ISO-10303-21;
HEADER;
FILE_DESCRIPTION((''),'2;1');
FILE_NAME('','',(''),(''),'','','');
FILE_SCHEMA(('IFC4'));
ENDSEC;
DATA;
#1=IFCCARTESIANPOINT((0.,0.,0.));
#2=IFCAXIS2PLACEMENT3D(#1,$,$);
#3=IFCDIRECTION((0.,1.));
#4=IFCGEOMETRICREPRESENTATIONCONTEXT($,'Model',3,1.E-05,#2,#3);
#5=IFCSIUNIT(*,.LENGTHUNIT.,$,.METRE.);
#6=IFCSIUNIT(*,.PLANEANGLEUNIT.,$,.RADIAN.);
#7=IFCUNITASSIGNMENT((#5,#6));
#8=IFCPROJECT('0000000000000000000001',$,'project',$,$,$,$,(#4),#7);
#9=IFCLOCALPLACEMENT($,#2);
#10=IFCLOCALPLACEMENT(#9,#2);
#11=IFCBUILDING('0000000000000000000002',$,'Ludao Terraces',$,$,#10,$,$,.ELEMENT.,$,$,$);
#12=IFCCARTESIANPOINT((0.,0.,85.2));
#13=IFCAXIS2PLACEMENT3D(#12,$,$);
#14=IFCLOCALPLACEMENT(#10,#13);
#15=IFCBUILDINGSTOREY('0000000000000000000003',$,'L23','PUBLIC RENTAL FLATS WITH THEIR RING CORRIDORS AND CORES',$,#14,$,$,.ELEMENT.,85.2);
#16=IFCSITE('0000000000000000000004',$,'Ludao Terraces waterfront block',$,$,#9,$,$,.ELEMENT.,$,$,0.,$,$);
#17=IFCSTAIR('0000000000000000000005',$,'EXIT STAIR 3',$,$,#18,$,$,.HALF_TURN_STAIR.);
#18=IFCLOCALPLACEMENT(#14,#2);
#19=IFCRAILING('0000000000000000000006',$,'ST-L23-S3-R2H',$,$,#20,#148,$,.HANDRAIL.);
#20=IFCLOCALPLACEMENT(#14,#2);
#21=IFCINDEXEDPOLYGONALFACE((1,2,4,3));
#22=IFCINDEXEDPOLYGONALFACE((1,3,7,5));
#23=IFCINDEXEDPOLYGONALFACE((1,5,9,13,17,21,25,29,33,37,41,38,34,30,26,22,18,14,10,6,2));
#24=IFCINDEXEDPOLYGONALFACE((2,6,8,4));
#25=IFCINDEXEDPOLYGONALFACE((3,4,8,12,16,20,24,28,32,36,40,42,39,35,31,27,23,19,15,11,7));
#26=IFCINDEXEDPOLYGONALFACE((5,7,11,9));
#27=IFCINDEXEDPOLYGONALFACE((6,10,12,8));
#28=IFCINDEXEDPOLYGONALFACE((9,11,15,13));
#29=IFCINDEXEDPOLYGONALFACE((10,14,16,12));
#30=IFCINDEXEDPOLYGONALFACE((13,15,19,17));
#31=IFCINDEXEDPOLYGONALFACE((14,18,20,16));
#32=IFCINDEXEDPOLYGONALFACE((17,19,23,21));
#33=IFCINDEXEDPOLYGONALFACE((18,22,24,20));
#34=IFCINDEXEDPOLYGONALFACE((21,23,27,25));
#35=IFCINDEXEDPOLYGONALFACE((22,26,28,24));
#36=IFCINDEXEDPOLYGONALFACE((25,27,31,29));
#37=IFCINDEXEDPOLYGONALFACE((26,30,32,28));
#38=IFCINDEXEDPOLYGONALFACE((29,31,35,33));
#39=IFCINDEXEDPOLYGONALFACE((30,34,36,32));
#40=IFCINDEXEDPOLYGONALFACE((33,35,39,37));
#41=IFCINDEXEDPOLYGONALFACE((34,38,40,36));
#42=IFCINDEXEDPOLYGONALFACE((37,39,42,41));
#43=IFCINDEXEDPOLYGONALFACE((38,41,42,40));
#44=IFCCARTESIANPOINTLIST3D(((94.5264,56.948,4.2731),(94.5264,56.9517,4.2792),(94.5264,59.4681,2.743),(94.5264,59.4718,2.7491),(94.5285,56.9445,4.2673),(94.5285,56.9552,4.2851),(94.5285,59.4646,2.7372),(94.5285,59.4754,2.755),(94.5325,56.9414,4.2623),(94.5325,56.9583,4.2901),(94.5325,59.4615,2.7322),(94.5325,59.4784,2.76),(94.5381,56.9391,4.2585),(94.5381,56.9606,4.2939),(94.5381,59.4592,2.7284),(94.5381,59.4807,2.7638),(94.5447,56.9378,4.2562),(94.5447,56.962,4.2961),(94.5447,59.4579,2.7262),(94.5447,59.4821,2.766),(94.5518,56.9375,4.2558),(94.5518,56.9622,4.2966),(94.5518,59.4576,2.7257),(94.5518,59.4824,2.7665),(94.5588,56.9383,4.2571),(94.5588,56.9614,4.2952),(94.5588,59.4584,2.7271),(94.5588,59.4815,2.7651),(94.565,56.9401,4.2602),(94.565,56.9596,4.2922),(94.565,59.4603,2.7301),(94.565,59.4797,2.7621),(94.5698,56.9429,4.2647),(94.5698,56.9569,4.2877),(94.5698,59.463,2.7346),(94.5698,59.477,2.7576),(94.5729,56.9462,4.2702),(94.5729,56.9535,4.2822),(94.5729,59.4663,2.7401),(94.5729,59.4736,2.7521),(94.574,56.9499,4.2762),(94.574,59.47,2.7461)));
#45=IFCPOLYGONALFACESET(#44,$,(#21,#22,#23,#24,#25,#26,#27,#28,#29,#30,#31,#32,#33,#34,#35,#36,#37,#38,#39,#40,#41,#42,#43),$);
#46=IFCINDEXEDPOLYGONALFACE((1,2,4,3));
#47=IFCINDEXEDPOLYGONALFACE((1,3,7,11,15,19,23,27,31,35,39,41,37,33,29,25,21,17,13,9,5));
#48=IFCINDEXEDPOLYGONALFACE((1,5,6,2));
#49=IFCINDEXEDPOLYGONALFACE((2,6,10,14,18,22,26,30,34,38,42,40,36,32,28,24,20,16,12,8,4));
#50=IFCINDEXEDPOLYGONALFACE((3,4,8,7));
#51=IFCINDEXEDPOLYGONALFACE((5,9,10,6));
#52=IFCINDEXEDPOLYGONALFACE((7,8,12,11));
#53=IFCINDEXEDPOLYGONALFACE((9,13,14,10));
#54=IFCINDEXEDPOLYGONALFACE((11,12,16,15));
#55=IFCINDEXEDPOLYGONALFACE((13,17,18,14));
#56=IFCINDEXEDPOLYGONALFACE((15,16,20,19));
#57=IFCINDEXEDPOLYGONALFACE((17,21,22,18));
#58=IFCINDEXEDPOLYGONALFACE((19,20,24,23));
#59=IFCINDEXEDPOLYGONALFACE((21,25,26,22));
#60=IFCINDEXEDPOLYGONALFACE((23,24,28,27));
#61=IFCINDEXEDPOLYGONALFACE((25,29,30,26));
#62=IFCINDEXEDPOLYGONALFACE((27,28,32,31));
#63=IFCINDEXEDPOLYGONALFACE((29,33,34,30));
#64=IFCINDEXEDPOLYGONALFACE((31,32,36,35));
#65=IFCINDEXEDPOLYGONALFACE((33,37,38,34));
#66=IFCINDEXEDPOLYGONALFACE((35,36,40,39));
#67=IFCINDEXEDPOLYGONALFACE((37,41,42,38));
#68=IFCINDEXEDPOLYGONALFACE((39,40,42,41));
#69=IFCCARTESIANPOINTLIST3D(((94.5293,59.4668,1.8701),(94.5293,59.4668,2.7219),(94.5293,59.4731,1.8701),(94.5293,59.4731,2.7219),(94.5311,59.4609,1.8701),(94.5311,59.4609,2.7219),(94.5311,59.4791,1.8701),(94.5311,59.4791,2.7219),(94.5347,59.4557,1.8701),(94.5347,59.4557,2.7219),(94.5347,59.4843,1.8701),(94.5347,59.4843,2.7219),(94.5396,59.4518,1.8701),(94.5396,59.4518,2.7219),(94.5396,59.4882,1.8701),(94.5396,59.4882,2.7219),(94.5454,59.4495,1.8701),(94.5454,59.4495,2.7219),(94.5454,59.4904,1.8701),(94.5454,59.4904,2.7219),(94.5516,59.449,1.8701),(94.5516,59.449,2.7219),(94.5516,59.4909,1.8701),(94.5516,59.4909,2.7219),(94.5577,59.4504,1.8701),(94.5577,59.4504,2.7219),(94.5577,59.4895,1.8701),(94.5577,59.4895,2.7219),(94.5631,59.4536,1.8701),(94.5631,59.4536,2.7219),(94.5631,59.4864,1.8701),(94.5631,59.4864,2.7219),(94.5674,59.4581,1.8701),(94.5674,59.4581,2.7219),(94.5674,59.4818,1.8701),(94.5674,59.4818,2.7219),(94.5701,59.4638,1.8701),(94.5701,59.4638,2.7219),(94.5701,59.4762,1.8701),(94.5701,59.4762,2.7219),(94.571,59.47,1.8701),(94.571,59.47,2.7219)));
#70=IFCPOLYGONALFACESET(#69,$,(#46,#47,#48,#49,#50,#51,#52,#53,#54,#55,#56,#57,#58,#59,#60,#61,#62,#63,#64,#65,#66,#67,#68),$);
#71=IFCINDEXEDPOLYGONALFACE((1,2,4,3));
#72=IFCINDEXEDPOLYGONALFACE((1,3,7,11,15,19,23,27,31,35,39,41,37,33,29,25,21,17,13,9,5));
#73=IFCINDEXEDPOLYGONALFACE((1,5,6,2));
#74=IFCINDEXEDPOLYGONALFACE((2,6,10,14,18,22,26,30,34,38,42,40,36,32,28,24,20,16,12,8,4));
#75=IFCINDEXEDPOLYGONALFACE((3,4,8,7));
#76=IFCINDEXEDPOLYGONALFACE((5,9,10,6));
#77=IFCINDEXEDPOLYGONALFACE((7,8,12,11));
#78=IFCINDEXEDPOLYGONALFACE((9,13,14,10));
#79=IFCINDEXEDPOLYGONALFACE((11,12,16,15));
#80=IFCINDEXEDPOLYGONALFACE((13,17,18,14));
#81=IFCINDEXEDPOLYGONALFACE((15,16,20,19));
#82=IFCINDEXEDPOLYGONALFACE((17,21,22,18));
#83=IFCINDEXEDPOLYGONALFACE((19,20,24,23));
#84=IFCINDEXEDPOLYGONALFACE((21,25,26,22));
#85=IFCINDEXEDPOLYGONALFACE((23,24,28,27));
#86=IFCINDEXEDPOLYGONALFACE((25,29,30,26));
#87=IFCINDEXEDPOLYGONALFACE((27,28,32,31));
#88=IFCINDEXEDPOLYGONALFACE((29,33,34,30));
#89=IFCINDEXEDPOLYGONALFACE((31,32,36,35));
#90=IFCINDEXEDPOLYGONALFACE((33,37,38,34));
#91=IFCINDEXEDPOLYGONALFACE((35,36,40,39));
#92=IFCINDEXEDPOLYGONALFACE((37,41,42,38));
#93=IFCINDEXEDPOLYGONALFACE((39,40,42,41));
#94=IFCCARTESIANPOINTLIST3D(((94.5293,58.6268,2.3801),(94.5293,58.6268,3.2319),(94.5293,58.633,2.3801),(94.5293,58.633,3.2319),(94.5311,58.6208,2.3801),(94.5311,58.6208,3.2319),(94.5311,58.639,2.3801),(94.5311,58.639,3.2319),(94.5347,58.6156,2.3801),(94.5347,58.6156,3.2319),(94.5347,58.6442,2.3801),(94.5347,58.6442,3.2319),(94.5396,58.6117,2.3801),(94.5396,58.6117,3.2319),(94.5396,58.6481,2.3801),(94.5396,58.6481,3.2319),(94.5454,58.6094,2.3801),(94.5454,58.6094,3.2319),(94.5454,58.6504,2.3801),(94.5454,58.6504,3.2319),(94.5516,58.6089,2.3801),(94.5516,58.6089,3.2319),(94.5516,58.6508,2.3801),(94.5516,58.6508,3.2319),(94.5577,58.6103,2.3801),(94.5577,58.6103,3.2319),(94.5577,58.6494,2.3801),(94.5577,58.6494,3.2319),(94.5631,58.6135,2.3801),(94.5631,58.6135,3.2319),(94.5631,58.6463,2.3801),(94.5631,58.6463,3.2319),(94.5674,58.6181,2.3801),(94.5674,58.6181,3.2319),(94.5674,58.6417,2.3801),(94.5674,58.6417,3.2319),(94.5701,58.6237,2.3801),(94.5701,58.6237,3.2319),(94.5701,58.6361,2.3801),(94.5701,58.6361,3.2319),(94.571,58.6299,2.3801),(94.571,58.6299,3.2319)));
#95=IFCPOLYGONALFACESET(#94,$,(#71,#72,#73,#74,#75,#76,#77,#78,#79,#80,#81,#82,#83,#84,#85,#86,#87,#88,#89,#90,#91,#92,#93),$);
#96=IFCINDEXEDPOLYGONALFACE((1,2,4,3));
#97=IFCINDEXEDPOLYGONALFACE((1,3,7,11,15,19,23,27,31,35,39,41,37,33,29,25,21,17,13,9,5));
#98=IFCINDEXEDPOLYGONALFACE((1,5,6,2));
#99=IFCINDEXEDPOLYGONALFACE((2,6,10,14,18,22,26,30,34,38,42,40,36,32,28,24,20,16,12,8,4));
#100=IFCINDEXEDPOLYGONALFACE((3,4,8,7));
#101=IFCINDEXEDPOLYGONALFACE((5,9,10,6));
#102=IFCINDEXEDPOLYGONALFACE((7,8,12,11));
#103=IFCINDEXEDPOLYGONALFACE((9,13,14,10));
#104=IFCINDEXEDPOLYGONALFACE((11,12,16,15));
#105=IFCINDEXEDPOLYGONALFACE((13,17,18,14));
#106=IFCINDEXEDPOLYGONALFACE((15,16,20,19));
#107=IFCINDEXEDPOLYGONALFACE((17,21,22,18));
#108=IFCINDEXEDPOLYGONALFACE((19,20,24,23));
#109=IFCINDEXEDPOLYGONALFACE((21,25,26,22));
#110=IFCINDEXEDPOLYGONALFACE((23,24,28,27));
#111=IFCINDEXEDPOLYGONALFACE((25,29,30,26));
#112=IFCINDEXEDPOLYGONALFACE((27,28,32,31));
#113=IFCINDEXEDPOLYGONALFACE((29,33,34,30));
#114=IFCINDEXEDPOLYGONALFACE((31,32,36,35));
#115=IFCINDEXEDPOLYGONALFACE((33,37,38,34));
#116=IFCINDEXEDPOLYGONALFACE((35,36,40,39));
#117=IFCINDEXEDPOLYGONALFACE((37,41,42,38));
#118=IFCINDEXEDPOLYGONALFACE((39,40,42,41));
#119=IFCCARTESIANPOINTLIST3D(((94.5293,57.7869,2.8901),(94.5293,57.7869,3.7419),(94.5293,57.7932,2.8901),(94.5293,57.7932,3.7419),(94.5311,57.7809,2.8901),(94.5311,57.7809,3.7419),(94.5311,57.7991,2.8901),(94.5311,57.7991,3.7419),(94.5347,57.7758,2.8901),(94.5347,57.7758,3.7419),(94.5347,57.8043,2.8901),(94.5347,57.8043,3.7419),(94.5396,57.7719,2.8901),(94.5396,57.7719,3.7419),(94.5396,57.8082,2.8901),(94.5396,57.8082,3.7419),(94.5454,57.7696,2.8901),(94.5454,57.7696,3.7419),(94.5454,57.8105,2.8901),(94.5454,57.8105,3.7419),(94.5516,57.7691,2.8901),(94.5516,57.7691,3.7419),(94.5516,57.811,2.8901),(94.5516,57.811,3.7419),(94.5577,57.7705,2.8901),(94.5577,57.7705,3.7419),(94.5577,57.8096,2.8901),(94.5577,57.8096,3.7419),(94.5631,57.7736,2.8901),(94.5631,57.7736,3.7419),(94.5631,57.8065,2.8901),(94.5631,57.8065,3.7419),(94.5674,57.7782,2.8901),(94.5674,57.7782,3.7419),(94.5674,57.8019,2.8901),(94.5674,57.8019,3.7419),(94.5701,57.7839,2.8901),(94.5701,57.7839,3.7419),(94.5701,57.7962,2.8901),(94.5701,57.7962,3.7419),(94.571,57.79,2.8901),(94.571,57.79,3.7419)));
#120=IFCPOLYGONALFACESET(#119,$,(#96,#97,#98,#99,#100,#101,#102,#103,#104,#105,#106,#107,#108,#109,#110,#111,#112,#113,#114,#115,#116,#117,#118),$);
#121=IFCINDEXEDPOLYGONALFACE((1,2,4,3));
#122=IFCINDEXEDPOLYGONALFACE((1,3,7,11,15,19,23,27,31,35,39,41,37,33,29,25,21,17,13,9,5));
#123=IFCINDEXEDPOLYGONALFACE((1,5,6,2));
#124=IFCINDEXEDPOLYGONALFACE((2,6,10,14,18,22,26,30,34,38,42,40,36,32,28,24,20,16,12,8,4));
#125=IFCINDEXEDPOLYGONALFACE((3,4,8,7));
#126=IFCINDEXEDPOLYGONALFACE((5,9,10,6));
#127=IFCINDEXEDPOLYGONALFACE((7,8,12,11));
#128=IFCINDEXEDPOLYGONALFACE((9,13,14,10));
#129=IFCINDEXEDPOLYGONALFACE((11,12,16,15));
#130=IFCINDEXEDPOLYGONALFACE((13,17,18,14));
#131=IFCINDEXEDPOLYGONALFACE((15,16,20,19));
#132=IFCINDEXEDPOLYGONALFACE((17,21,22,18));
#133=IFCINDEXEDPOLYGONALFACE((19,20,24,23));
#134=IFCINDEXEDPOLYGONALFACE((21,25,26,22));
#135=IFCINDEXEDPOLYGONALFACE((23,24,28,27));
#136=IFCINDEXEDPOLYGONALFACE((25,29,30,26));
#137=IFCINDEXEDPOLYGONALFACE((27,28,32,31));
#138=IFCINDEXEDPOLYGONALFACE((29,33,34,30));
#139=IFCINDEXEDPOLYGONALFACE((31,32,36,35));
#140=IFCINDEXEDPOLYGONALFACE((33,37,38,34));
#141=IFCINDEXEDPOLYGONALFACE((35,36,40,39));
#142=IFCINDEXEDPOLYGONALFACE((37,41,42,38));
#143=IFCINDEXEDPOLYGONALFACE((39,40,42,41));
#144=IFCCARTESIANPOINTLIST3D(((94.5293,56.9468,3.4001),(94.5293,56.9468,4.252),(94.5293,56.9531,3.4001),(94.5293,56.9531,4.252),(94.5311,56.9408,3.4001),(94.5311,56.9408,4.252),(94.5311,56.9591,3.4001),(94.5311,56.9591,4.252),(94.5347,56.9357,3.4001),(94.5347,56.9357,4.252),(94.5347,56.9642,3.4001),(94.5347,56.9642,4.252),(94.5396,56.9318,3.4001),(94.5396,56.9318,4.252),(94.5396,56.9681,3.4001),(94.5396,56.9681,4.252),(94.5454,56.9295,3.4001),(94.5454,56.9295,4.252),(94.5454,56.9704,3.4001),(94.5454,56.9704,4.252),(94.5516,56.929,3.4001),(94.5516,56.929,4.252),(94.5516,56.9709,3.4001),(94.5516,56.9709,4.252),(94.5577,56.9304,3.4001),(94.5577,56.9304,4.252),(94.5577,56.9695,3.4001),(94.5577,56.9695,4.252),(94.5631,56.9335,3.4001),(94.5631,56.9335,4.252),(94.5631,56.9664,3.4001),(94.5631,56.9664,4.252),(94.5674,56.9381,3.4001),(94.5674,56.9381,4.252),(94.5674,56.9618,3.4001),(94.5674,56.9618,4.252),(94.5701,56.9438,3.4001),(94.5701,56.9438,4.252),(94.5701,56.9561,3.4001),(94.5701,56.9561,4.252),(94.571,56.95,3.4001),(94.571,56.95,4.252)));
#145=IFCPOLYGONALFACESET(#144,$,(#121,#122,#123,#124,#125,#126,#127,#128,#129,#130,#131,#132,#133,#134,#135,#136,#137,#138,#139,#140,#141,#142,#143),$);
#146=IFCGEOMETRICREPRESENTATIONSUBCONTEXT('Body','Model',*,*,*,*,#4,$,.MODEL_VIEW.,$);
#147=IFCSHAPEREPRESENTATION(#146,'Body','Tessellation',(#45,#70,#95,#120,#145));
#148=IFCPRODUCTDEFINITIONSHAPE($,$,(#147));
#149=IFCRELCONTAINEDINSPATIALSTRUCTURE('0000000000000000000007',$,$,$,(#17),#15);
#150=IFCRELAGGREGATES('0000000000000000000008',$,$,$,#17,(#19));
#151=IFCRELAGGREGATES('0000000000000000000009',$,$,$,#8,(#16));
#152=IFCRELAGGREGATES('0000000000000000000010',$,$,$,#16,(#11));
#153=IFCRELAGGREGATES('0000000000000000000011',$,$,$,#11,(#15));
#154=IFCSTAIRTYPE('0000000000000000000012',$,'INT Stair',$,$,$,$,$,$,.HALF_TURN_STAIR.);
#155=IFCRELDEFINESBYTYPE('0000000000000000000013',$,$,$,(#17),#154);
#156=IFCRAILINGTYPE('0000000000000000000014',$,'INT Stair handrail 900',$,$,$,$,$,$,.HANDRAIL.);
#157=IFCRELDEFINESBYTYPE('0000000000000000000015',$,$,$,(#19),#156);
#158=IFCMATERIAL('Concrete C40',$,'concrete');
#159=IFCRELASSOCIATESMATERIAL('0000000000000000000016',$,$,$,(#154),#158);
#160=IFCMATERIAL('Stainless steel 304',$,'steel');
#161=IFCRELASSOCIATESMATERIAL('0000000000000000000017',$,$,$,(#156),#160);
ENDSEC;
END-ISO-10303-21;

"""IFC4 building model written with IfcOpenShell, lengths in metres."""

from ifc_helpers import new_model, si_unit, direction, frame, origin, origin_2d, place, context, subcontext, project, spatial, circle, extrude, material, type_object, element, aggregate, save


model = new_model("IFC4")

# Units and contexts
model_context = context("Model", 3, precision=1e-05, world=origin(), true_north=direction((0.0, 1.0)))
body_context = subcontext(model_context, "Body", "Model", "MODEL_VIEW")
ifc_project = project(units=[si_unit("LENGTHUNIT", "METRE"), si_unit("PLANEANGLEUNIT", "RADIAN")], contexts=[model_context])

# Site, building, storey
site_placement = place(None, origin())
site = spatial("IfcSite", under=ifc_project, at=site_placement, Name="Ludao Terraces waterfront block", CompositionType="ELEMENT", RefElevation=0.0)
building_placement = place(site_placement, origin())
building = spatial("IfcBuilding", under=site, at=building_placement, Name="Ludao Terraces", CompositionType="ELEMENT")
storey_placement = place(building_placement, frame((0.0, 0.0, 85.2)))
storey = spatial("IfcBuildingStorey", under=building, at=storey_placement, Name="L23", Description="PUBLIC RENTAL FLATS WITH THEIR RING CORRIDORS AND CORES", CompositionType="ELEMENT", Elevation=85.2)

# Shared definitions
ifc_material_1 = material(Name="Concrete C40", Category="concrete")

# Stair, railing
stair_type = type_object("IfcStairType", Name="INT Stair", PredefinedType="HALF_TURN_STAIR", material=ifc_material_1)
stair_placement = place(storey_placement, origin())
stair = element("IfcStair", 1, at=stair_placement, inside=storey, type_object=stair_type, Name="EXIT STAIR 3", PredefinedType="HALF_TURN_STAIR")
ifc_material_2 = material(Name="Stainless steel 304", Category="steel")
railing_type_1 = type_object("IfcRailingType", Name="INT Stair handrail 900", PredefinedType="HANDRAIL", material=ifc_material_2)
railing_1_placement = place(storey_placement, frame((94.55, 59.47, 1.8701)))
railing_1 = element("IfcRailing", 2, at=railing_1_placement, type_object=railing_type_1, Name="ST-L23-S3-R2H", PredefinedType="HANDRAIL", context=body_context, shape_type="SweptSolid", body=[
    extrude(circle(Radius=0.0239, at=origin_2d()), frame((0.0, 0.0, 0.876), z_axis=(0.0, -0.854785, 0.518982), x_axis=(1.0, 0.0, 0.0)), (0.0, 0.0, 1.0), 2.9482),
    extrude(circle(Radius=0.021, at=origin_2d()), origin(), (0.0, 0.0, 1.0), 0.8518),
    extrude(circle(Radius=0.021, at=origin_2d()), frame((0.0, -0.8401, 0.51)), (0.0, 0.0, 1.0), 0.8518),
    extrude(circle(Radius=0.021, at=origin_2d()), frame((0.0, -1.6799, 1.02)), (0.0, 0.0, 1.0), 0.8518),
    extrude(circle(Radius=0.021, at=origin_2d()), frame((0.0, -2.52, 1.53)), (0.0, 0.0, 1.0), 0.8518),
])
aggregate(stair, [railing_1])

save(model, "model.ifc")
